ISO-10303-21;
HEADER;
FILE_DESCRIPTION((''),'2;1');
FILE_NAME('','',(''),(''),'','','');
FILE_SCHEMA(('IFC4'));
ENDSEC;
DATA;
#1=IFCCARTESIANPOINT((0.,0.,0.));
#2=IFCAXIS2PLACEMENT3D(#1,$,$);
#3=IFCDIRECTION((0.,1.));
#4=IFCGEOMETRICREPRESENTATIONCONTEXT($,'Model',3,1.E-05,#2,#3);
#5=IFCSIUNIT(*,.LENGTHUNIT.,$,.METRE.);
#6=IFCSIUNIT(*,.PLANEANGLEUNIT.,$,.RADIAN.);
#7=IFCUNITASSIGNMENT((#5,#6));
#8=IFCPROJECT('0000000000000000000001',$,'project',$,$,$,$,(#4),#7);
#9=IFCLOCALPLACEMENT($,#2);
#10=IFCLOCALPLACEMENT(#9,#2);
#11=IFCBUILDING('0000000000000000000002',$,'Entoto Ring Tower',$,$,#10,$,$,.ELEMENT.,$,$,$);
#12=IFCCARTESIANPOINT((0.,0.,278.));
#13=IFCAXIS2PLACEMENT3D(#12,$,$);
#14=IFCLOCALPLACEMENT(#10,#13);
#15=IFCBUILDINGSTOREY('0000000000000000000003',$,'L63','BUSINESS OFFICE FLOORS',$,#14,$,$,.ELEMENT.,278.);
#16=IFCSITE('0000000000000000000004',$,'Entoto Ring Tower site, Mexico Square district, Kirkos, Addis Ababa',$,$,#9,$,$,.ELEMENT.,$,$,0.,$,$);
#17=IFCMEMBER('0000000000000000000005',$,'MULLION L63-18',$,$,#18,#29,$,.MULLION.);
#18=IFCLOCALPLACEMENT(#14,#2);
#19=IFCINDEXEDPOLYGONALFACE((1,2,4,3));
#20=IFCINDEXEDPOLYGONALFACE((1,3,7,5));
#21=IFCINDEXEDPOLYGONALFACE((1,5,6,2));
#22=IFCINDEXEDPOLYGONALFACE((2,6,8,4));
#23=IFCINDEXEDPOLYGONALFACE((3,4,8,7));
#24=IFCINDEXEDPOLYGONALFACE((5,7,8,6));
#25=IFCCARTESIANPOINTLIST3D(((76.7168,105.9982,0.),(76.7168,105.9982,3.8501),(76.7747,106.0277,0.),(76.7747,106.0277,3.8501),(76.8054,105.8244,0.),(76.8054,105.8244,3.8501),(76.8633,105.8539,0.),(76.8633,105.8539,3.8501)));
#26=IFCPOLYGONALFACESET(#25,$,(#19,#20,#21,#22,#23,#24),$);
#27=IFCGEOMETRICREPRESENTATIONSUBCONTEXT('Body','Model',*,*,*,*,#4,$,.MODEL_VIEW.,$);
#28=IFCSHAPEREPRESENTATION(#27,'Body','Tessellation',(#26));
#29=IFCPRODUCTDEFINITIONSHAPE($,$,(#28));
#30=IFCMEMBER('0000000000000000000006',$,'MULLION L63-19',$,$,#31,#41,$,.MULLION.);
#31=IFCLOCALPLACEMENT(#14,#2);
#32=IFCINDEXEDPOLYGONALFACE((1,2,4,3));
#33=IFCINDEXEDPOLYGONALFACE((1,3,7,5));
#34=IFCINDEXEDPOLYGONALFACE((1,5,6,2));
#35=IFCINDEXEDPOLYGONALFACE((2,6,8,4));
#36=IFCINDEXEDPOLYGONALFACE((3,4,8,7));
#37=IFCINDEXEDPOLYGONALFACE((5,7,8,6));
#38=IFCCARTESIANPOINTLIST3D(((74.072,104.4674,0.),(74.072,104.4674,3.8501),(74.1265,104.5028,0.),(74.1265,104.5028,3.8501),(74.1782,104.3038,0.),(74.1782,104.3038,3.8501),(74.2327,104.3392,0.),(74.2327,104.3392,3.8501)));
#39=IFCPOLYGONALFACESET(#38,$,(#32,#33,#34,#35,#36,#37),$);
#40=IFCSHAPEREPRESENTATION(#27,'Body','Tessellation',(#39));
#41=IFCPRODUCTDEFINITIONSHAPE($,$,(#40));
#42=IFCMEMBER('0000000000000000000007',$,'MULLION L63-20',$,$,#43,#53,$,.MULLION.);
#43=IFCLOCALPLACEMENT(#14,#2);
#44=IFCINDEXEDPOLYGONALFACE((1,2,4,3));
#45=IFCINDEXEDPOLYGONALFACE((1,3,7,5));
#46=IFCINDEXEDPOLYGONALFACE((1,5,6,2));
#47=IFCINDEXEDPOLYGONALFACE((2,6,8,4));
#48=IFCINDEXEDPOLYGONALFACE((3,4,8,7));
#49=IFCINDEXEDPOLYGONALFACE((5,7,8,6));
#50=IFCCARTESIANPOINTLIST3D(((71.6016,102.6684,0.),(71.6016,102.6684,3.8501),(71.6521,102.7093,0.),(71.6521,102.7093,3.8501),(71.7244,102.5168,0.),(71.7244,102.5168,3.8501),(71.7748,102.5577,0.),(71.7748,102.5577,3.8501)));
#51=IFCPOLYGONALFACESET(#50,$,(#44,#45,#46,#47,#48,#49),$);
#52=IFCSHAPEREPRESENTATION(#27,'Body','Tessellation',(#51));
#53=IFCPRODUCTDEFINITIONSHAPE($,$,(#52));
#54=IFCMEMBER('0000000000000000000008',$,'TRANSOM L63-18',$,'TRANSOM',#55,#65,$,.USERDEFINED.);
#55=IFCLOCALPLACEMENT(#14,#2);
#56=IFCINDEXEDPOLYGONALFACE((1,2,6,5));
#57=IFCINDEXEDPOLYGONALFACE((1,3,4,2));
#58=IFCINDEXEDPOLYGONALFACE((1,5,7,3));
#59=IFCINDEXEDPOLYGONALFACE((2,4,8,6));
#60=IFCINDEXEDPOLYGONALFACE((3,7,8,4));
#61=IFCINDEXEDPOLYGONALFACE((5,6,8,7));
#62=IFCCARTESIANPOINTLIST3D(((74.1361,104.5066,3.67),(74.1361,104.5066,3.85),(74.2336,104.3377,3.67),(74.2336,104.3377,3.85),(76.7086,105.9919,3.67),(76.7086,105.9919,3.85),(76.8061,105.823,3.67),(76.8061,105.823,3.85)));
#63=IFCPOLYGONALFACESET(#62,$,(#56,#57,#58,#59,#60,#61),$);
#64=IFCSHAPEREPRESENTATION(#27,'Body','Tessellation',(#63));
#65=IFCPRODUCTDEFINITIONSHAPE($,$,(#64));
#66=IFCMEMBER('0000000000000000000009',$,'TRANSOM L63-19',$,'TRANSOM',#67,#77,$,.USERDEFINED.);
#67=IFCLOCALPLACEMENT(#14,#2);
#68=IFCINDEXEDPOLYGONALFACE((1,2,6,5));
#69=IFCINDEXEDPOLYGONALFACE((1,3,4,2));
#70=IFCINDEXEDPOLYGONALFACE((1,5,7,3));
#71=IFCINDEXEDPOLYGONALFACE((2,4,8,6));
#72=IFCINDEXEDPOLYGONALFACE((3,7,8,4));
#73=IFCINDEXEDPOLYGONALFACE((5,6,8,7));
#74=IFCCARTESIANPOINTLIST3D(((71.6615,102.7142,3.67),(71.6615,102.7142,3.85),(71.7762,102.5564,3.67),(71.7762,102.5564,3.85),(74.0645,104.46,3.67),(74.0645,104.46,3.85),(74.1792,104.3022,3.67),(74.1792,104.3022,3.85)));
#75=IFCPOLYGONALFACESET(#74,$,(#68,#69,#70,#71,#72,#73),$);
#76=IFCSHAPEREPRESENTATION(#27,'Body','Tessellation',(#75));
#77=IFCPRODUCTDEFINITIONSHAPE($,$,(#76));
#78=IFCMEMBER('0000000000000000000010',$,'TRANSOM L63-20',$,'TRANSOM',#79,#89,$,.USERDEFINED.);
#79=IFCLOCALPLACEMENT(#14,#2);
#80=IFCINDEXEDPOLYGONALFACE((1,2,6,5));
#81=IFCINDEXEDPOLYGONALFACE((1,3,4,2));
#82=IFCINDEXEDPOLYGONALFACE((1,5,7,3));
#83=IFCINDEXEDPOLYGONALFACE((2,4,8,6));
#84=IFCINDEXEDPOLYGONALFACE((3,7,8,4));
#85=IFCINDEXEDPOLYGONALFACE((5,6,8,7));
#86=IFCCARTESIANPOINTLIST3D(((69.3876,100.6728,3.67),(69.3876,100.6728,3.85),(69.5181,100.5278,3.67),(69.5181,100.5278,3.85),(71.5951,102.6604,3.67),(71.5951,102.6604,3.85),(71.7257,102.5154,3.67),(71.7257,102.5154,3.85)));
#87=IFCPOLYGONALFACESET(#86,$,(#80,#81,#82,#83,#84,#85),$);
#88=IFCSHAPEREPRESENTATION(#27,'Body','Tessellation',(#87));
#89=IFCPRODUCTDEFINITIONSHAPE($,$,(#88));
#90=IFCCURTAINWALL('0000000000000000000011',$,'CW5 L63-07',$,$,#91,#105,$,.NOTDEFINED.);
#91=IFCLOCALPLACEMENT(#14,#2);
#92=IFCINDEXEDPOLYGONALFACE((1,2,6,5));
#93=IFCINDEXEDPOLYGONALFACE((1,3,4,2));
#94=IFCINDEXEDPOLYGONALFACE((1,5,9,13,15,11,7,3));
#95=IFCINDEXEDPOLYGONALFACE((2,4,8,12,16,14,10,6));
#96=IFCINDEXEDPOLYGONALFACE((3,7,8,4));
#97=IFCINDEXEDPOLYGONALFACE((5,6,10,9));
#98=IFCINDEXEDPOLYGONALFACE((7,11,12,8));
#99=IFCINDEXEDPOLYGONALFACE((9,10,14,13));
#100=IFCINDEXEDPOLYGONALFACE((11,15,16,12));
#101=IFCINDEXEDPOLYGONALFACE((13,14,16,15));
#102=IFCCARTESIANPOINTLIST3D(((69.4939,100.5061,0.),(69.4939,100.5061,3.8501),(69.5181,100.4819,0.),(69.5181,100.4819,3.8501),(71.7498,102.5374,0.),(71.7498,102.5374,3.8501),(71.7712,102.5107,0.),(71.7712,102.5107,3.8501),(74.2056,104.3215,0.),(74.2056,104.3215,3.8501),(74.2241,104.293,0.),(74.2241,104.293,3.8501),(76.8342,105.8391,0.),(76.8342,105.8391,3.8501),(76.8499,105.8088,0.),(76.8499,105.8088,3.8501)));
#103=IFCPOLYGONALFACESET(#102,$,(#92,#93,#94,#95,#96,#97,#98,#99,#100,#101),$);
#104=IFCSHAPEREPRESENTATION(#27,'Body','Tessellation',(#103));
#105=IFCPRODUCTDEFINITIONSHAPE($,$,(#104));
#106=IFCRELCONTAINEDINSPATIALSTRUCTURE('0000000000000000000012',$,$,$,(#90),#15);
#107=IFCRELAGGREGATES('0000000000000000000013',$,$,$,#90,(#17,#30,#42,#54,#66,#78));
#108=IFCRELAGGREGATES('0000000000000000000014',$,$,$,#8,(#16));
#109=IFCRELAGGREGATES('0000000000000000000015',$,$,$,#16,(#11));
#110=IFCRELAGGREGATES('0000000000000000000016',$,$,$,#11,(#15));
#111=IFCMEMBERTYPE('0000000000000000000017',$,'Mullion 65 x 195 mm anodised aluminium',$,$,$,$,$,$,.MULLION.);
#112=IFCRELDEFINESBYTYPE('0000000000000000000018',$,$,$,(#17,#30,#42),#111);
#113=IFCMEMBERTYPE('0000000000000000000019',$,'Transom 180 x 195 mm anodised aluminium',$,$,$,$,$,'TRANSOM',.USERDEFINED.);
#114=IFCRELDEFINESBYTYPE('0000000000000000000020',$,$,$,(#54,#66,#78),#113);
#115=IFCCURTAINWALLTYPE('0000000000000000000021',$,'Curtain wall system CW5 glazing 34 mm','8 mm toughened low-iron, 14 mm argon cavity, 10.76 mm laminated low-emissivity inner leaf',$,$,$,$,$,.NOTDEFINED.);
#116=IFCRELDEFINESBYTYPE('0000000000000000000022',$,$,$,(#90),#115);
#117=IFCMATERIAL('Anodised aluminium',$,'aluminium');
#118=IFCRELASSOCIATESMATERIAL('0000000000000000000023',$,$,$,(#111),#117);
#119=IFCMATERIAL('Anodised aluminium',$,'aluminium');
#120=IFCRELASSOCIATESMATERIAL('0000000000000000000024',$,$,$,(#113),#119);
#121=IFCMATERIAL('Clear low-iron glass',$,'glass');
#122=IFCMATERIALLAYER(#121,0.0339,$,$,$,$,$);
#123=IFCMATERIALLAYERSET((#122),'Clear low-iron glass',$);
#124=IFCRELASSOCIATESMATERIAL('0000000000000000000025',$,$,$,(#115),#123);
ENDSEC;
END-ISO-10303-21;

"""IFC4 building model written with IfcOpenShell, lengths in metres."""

from ifc_helpers import new_model, si_unit, direction, frame, origin, origin_2d, place, context, subcontext, project, spatial, polyline, rectangle, outline, extrude, material, layer, layer_set, material_profile, profile_set, type_object, element, aggregate, save


model = new_model("IFC4")

# Units and contexts
model_context = context("Model", 3, precision=1e-05, world=origin(), true_north=direction((0.0, 1.0)))
body_context = subcontext(model_context, "Body", "Model", "MODEL_VIEW")
ifc_project = project(units=[si_unit("LENGTHUNIT", "METRE"), si_unit("PLANEANGLEUNIT", "RADIAN")], contexts=[model_context])

# Members
ifc_material_1 = material(Name="Anodised aluminium", Category="aluminium")
ifc_material_profile_1 = material_profile(ifc_material_1, rectangle(XDim=0.0649, YDim=0.1951, at=origin_2d()), Name="Mullion 65 x 195 mm anodised aluminium")
ifc_profile_set_1 = profile_set([ifc_material_profile_1], Name="Anodised aluminium")
member_type_1 = type_object("IfcMemberType", Name="Mullion 65 x 195 mm anodised aluminium", PredefinedType="MULLION", material=ifc_profile_set_1)
site_placement = place(None, origin())
building_placement = place(site_placement, origin())
storey_placement = place(building_placement, frame((0.0, 0.0, 278.0)))
member_1_placement = place(storey_placement, frame((76.79, 105.926, 0.0), z_axis=(0.0, 0.0, 1.0), x_axis=(-0.891007, -0.45399, 0.0)))
member_1 = element("IfcMember", 1, at=member_1_placement, type_object=member_type_1, Name="MULLION L63-18", PredefinedType="MULLION", context=body_context, shape_type="SweptSolid", body=[
    extrude(rectangle(XDim=0.0649, YDim=0.1951, at=origin_2d()), origin(), (0.0, 0.0, 1.0), 3.8501),
])
member_2_placement = place(storey_placement, frame((74.1523, 104.4033, 0.0), z_axis=(0.0, 0.0, 1.0), x_axis=(-0.838671, -0.544639, 0.0)))
member_2 = element("IfcMember", 2, at=member_2_placement, type_object=member_type_1, Name="MULLION L63-19", PredefinedType="MULLION", context=body_context, shape_type="SweptSolid", body=[
    extrude(rectangle(XDim=0.0649, YDim=0.1951, at=origin_2d()), origin(), (0.0, 0.0, 1.0), 3.8501),
])
member_3_placement = place(storey_placement, frame((71.6882, 102.613, 0.0), z_axis=(0.0, 0.0, 1.0), x_axis=(-0.777146, -0.62932, 0.0)))
member_3 = element("IfcMember", 3, at=member_3_placement, type_object=member_type_1, Name="MULLION L63-20", PredefinedType="MULLION", context=body_context, shape_type="SweptSolid", body=[
    extrude(rectangle(XDim=0.0649, YDim=0.1951, at=origin_2d()), origin(), (0.0, 0.0, 1.0), 3.8501),
])
ifc_material_2 = material(Name="Anodised aluminium", Category="aluminium")
ifc_material_profile_2 = material_profile(ifc_material_2, rectangle(XDim=0.1951, YDim=0.1799, at=origin_2d()), Name="Transom 180 x 195 mm anodised aluminium")
ifc_profile_set_2 = profile_set([ifc_material_profile_2], Name="Anodised aluminium")
member_type_2 = type_object("IfcMemberType", Name="Transom 180 x 195 mm anodised aluminium", ElementType="TRANSOM", PredefinedType="USERDEFINED", material=ifc_profile_set_2)
member_4_placement = place(storey_placement, frame((76.7573, 105.9075, 3.76), z_axis=(-0.866009, -0.500028, 0.0), x_axis=(0.500028, -0.866009, 0.0)))
member_4 = element("IfcMember", 4, at=member_4_placement, type_object=member_type_2, Name="TRANSOM L63-18", ObjectType="TRANSOM", PredefinedType="USERDEFINED", context=body_context, shape_type="SweptSolid", body=[
    extrude(rectangle(XDim=0.1951, YDim=0.1799, at=origin_2d()), origin(), (0.0, 0.0, 1.0), 2.9705),
])
member_5_placement = place(storey_placement, frame((74.1218, 104.3811, 3.76), z_axis=(-0.809031, -0.587766, 0.0), x_axis=(0.587766, -0.809031, 0.0)))
member_5 = element("IfcMember", 5, at=member_5_placement, type_object=member_type_2, Name="TRANSOM L63-19", ObjectType="TRANSOM", PredefinedType="USERDEFINED", context=body_context, shape_type="SweptSolid", body=[
    extrude(rectangle(XDim=0.1951, YDim=0.1799, at=origin_2d()), origin(), (0.0, 0.0, 1.0), 2.9702),
])
member_6_placement = place(storey_placement, frame((71.6604, 102.5879, 3.76), z_axis=(-0.743163, -0.66911, 0.0), x_axis=(0.66911, -0.743163, 0.0)))
member_6 = element("IfcMember", 6, at=member_6_placement, type_object=member_type_2, Name="TRANSOM L63-20", ObjectType="TRANSOM", PredefinedType="USERDEFINED", context=body_context, shape_type="SweptSolid", body=[
    extrude(rectangle(XDim=0.1951, YDim=0.1799, at=origin_2d()), origin(), (0.0, 0.0, 1.0), 2.9705),
])

# Site, building, storey
site = spatial("IfcSite", under=ifc_project, at=site_placement, Name="Entoto Ring Tower site, Mexico Square district, Kirkos, Addis Ababa", CompositionType="ELEMENT", RefElevation=0.0)
building = spatial("IfcBuilding", under=site, at=building_placement, Name="Entoto Ring Tower", CompositionType="ELEMENT")
storey = spatial("IfcBuildingStorey", under=building, at=storey_placement, Name="L63", Description="BUSINESS OFFICE FLOORS", CompositionType="ELEMENT", Elevation=278.0)

# Curtain wall
ifc_material_3 = material(Name="Clear low-iron glass", Category="glass")
ifc_layer = layer(ifc_material_3, 0.0339)
ifc_layer_set = layer_set([ifc_layer], Name="Clear low-iron glass")
curtain_wall_type = type_object("IfcCurtainWallType", Name="Curtain wall system CW5 glazing 34 mm", Description="8 mm toughened low-iron, 14 mm argon cavity, 10.76 mm laminated low-emissivity inner leaf", PredefinedType="NOTDEFINED", material=ifc_layer_set)
curtain_wall_1_placement = place(storey_placement, origin())
curtain_wall_1 = element("IfcCurtainWall", 7, at=curtain_wall_1_placement, inside=storey, type_object=curtain_wall_type, Name="CW5 L63-07", PredefinedType="NOTDEFINED", context=body_context, shape_type="SweptSolid", body=[
    extrude(outline(polyline([(76.8342, 105.8391), (74.2056, 104.3215), (71.7498, 102.5374), (69.4939, 100.5061), (69.5181, 100.4819), (71.7712, 102.5107), (74.2241, 104.293), (76.8499, 105.8088), (76.8342, 105.8391)])), origin(), (0.0, 0.0, 1.0), 3.8501),
])
aggregate(curtain_wall_1, [member_1, member_2, member_3, member_4, member_5, member_6])

save(model, "model.ifc")
